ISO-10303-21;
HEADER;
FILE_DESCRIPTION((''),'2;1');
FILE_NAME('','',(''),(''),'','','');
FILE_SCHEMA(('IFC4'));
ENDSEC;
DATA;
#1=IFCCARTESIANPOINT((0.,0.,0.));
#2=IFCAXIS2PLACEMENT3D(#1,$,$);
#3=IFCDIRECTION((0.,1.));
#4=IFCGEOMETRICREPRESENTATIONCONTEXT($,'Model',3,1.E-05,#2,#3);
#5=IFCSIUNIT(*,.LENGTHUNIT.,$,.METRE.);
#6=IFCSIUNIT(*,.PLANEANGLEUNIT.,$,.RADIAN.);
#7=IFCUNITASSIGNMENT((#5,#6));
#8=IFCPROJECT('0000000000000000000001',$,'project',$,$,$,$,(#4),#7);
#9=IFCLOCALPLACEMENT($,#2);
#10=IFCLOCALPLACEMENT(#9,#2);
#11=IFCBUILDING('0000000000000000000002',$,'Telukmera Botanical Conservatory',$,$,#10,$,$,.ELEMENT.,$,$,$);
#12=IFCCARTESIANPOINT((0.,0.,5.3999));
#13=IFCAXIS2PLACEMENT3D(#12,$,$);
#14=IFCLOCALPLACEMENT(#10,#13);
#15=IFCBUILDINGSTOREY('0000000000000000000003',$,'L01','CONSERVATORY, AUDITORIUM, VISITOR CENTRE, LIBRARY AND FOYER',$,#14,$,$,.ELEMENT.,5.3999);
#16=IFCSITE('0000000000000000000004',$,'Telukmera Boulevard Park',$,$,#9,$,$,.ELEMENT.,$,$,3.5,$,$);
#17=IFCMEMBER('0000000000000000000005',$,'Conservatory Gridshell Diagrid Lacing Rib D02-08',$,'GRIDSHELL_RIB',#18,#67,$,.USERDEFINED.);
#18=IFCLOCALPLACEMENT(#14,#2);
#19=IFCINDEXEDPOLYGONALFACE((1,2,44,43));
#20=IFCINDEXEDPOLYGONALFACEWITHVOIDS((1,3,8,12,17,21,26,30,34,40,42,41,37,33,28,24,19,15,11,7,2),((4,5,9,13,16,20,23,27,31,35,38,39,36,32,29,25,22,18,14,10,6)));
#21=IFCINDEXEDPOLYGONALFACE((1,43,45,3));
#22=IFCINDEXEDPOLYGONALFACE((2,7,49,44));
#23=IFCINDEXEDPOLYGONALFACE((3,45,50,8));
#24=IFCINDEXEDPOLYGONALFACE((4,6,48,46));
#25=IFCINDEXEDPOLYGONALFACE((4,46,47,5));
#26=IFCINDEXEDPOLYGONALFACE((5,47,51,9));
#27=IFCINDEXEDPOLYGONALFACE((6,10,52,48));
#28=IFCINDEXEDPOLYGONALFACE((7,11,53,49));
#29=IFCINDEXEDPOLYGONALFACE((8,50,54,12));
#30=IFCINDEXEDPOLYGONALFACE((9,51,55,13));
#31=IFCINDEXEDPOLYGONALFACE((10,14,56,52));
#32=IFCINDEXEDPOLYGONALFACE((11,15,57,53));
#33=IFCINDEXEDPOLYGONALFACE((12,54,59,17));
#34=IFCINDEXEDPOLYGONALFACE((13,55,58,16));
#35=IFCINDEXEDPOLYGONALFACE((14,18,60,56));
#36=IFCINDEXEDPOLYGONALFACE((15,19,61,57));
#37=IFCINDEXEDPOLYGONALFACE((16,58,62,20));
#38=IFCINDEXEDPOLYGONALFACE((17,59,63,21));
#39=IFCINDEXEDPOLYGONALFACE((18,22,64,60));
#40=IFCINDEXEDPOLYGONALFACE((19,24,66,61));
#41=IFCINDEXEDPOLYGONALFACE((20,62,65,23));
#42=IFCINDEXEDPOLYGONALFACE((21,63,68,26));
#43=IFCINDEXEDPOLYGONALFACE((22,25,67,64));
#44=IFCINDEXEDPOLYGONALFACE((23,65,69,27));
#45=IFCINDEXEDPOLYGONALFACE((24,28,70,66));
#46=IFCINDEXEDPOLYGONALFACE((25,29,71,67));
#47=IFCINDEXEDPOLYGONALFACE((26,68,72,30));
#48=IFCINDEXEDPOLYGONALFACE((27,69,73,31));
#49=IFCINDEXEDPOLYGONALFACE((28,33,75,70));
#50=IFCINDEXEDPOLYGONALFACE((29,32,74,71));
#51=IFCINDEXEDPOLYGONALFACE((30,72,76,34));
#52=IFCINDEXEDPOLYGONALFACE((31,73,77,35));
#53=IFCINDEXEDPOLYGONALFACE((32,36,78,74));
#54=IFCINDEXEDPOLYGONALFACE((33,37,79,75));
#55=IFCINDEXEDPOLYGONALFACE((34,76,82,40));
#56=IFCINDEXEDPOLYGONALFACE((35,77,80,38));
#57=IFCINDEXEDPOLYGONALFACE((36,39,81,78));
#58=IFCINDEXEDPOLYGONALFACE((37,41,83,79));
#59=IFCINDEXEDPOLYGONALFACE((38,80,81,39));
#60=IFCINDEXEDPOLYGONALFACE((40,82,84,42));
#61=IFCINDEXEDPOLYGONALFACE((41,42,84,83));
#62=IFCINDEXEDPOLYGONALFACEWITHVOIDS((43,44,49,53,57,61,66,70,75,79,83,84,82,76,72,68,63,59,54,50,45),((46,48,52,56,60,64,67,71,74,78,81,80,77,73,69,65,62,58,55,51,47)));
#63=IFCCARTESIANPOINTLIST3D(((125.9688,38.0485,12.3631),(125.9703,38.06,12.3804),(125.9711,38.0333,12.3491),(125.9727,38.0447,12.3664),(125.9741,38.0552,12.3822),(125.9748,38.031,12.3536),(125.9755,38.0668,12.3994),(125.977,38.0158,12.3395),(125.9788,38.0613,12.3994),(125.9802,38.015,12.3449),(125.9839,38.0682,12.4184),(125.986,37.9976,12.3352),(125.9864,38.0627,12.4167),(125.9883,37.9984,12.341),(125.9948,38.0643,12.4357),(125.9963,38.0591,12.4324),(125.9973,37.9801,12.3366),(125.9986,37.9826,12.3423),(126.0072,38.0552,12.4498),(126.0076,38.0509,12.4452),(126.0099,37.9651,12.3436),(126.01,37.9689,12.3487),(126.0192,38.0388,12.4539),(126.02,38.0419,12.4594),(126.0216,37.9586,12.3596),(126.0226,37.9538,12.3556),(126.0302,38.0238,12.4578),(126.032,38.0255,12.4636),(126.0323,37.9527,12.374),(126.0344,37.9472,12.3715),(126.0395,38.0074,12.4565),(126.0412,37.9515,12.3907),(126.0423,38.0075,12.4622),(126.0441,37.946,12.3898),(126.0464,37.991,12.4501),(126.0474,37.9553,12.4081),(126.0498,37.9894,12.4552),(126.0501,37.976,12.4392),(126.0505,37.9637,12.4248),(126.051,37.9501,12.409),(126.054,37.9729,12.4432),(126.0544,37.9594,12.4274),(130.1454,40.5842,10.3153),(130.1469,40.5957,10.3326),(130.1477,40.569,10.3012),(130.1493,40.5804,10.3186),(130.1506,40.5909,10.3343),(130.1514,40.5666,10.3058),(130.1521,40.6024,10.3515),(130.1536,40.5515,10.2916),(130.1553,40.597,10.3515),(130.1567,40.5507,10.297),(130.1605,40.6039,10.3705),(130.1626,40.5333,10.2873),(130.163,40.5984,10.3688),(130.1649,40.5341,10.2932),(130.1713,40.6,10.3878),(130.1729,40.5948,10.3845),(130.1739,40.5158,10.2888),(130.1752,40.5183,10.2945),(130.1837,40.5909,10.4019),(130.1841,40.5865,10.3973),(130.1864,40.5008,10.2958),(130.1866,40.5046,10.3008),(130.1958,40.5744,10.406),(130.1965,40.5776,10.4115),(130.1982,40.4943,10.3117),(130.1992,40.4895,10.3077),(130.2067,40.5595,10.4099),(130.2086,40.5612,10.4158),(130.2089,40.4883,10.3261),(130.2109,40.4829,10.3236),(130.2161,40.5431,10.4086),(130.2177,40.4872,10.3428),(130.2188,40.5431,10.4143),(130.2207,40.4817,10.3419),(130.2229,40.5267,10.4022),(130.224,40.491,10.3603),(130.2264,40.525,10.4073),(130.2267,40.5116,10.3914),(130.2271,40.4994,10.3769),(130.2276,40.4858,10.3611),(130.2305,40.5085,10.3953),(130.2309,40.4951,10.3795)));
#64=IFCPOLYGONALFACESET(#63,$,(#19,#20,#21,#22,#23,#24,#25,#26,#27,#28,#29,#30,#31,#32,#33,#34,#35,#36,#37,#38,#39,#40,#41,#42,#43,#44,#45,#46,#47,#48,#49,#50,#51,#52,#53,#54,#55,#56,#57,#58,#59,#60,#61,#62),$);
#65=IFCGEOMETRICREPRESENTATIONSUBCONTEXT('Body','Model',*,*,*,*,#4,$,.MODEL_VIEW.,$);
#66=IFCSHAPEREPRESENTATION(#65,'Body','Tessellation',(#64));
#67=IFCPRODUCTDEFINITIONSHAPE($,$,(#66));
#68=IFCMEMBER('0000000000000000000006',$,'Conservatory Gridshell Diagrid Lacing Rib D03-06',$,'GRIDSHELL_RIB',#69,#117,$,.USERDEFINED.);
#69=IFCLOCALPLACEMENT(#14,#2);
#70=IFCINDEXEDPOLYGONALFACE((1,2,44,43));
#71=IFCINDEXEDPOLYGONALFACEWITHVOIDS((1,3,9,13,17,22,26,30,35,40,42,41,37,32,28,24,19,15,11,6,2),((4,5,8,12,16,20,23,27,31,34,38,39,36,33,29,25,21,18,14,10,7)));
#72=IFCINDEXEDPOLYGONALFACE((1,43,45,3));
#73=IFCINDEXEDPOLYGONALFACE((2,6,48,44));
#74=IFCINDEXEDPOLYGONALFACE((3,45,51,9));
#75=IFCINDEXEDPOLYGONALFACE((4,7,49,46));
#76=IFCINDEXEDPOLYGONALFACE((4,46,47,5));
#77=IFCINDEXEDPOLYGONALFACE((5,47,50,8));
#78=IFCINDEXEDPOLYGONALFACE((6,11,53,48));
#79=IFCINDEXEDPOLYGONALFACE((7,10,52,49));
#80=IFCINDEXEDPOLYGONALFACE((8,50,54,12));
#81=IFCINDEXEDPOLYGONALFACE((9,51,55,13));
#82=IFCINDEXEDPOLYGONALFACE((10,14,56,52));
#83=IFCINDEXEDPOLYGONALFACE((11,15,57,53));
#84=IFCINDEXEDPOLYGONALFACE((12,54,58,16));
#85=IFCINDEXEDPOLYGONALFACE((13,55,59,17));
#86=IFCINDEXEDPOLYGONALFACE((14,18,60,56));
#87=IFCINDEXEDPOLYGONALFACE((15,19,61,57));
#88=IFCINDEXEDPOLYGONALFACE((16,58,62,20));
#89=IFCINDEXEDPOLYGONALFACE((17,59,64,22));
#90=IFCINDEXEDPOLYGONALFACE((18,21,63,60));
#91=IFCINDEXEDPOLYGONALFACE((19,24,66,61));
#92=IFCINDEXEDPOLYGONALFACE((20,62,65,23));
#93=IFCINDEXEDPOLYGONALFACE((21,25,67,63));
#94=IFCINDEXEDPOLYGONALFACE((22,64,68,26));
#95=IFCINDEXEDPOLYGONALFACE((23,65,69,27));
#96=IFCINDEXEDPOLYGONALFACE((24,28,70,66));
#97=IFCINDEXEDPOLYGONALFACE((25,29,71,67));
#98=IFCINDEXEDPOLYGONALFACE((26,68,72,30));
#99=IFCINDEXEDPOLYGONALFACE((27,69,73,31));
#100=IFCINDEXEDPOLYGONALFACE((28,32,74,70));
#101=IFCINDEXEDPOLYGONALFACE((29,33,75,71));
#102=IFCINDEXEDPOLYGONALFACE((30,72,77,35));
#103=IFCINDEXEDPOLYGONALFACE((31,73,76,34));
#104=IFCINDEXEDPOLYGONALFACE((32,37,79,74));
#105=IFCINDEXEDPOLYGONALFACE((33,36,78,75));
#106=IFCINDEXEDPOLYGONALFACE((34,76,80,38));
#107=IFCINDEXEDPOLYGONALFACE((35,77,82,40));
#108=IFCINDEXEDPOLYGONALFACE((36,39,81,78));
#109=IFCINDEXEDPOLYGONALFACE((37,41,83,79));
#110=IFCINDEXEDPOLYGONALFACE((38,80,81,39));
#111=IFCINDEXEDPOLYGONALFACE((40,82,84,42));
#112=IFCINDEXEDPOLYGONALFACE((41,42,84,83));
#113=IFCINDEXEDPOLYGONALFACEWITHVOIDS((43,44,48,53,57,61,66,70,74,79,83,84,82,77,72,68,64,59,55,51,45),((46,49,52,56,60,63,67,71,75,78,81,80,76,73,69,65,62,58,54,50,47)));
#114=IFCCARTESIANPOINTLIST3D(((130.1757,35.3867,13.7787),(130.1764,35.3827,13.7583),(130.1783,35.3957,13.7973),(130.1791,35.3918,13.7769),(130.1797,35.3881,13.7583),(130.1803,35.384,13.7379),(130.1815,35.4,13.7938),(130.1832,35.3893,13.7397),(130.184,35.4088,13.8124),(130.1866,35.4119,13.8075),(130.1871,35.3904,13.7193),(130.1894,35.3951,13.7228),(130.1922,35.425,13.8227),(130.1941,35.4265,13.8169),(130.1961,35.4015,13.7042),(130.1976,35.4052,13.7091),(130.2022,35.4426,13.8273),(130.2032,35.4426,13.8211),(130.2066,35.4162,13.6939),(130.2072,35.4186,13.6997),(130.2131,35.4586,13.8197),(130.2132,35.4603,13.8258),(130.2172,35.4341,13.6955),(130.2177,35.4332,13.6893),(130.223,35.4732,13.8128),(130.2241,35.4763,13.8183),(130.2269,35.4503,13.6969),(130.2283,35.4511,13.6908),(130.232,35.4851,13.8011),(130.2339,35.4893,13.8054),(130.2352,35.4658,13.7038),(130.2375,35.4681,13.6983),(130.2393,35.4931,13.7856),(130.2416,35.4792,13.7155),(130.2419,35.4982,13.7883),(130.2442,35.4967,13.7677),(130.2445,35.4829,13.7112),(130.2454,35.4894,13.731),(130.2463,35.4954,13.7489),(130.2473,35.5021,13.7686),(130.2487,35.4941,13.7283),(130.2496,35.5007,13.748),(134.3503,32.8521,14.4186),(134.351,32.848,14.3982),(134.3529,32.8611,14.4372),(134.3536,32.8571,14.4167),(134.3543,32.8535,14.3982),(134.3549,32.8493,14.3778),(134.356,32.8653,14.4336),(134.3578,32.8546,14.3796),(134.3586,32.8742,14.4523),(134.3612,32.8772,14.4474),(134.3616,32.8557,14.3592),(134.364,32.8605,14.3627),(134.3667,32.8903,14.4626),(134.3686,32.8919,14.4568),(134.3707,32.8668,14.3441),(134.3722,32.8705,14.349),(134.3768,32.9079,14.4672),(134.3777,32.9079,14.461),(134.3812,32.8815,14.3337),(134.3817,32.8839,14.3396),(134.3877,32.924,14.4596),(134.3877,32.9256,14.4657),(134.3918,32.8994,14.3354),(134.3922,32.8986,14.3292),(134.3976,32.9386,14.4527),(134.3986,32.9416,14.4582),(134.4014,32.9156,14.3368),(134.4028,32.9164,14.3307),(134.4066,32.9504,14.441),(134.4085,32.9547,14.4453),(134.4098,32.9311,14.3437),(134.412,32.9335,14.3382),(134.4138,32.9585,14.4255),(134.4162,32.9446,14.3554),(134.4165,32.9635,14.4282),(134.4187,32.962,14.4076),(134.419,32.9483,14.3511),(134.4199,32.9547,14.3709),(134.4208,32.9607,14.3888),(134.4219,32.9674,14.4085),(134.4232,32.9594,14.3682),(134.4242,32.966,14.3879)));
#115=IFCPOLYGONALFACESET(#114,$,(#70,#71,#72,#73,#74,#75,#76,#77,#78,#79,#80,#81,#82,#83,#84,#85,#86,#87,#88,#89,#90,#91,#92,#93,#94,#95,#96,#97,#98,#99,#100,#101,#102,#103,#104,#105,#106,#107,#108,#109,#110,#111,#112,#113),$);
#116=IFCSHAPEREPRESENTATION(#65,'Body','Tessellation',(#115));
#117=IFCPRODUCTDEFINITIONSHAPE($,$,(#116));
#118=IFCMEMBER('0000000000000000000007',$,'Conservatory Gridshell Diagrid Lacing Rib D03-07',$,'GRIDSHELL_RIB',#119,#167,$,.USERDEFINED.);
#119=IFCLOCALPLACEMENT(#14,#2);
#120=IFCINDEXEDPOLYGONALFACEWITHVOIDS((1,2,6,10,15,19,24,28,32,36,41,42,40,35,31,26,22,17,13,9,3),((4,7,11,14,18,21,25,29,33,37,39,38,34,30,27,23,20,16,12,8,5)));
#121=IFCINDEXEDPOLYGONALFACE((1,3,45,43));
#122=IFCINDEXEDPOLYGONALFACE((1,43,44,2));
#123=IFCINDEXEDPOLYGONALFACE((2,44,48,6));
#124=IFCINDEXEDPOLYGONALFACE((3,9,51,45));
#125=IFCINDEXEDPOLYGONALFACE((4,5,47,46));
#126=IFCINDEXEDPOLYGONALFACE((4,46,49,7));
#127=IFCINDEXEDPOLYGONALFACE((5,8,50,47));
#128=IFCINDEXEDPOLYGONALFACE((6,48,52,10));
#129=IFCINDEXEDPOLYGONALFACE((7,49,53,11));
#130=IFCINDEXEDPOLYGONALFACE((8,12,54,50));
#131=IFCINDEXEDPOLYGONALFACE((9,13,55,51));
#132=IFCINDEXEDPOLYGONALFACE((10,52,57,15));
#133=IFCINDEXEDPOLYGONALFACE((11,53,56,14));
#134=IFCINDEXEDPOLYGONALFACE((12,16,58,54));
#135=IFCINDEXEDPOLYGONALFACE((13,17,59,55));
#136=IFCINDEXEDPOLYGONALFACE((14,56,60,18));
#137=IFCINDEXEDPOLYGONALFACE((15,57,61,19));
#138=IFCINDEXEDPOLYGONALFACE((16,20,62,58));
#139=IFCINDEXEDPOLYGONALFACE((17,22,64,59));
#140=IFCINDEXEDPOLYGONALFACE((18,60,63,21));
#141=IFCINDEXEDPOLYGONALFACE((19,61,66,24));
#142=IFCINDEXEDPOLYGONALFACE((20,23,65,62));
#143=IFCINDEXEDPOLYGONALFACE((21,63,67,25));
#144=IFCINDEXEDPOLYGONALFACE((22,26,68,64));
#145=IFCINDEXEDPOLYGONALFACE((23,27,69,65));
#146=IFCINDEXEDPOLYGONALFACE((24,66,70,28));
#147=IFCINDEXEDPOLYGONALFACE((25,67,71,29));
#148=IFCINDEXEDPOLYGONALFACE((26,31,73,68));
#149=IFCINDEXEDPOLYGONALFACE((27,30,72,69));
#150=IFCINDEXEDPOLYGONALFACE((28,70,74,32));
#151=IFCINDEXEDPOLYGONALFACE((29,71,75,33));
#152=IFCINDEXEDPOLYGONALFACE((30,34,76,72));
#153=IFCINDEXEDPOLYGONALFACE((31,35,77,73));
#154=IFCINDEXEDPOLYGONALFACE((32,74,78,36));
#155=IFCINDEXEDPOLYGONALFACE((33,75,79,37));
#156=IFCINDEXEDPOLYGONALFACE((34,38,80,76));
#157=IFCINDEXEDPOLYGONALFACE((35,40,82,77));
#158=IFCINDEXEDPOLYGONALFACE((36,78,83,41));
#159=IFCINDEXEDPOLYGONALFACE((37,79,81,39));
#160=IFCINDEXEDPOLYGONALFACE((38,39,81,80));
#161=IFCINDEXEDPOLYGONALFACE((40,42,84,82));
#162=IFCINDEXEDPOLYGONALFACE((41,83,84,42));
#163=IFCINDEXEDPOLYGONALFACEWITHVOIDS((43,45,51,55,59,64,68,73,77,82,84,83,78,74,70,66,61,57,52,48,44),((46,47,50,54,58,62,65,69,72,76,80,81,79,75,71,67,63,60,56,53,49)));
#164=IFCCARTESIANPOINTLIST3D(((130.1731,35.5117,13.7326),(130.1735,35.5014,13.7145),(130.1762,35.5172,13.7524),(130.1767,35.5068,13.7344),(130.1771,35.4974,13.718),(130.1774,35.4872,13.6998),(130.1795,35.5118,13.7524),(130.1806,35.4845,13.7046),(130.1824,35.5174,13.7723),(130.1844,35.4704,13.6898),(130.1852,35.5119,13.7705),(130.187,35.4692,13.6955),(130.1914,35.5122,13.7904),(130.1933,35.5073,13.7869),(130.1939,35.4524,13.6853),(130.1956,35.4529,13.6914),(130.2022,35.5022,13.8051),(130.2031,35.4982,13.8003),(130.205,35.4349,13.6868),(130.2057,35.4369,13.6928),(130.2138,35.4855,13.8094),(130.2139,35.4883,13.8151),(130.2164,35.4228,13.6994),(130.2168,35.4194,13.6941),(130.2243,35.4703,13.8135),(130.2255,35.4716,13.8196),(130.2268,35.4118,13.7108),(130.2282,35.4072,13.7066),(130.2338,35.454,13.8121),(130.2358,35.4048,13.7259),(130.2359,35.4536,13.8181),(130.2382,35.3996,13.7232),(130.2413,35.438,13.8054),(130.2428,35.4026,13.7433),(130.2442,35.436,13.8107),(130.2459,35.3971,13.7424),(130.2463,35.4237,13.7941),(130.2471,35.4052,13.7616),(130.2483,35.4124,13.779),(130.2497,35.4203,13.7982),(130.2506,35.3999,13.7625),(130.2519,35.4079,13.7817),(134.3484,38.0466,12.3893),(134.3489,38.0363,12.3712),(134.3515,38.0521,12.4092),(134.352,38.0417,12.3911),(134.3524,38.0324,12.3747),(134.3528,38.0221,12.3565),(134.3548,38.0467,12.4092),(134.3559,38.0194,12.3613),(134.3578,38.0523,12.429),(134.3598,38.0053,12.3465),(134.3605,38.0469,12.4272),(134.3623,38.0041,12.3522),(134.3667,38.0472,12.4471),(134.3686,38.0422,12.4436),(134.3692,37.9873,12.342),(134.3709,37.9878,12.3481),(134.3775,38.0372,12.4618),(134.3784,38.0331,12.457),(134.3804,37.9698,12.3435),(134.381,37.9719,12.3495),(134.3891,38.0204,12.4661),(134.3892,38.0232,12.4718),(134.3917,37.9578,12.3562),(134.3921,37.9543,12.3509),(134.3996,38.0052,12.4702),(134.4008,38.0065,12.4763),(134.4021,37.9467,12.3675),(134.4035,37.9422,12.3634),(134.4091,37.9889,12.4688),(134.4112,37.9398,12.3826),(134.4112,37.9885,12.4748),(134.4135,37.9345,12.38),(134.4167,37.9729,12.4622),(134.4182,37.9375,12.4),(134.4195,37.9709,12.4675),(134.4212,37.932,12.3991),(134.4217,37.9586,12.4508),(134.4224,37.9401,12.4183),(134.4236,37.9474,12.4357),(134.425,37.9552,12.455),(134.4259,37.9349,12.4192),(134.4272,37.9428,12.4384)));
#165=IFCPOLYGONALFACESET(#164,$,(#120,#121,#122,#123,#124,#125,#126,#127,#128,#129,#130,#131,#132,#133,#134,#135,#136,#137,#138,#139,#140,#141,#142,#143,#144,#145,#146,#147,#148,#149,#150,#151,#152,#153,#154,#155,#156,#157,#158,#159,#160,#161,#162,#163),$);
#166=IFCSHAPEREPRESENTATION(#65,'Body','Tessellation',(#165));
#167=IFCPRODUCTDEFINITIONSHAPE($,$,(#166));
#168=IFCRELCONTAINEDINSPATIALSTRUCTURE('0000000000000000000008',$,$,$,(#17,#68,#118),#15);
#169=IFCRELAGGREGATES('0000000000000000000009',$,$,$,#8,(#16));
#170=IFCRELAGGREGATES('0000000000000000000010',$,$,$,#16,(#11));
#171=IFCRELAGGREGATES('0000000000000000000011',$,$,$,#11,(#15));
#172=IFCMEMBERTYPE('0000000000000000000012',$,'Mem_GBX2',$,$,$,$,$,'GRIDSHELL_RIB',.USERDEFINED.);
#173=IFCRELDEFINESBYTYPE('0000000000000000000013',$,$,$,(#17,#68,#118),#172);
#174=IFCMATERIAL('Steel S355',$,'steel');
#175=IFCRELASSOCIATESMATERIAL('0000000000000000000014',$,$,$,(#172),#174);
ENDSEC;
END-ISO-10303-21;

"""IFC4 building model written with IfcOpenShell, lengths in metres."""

from ifc_helpers import new_model, si_unit, direction, frame, origin, origin_2d, place, context, subcontext, project, spatial, hollow_circle, extrude, material, material_profile, profile_set, type_object, element, save


model = new_model("IFC4")

# Units and contexts
model_context = context("Model", 3, precision=1e-05, world=origin(), true_north=direction((0.0, 1.0)))
body_context = subcontext(model_context, "Body", "Model", "MODEL_VIEW")
ifc_project = project(units=[si_unit("LENGTHUNIT", "METRE"), si_unit("PLANEANGLEUNIT", "RADIAN")], contexts=[model_context])

# Site, building, storey
site_placement = place(None, origin())
site = spatial("IfcSite", under=ifc_project, at=site_placement, Name="Telukmera Boulevard Park", CompositionType="ELEMENT", RefElevation=3.5)
building_placement = place(site_placement, origin())
building = spatial("IfcBuilding", under=site, at=building_placement, Name="Telukmera Botanical Conservatory", CompositionType="ELEMENT")
storey_placement = place(building_placement, frame((0.0, 0.0, 5.3999)))
storey = spatial("IfcBuildingStorey", under=building, at=storey_placement, Name="L01", Description="CONSERVATORY, AUDITORIUM, VISITOR CENTRE, LIBRARY AND FOYER", CompositionType="ELEMENT", Elevation=5.3999)

# Shared definitions
ifc_material_1 = material(Name="Steel S355", Category="steel")

# Members
ifc_material_profile_1 = material_profile(ifc_material_1, hollow_circle(Radius=0.0698, WallThickness=0.0063, at=origin_2d()), Name="CHS 139.7x6.3")
ifc_profile_set_1 = profile_set([ifc_material_profile_1], Name="Steel S355")
member_type_1 = type_object("IfcMemberType", Name="Mem_GBX2", ElementType="GRIDSHELL_RIB", PredefinedType="USERDEFINED", material=ifc_profile_set_1)
member_1_placement = place(storey_placement, frame((126.0117, 38.0071, 12.3994), z_axis=(0.788352, 0.478624, -0.386549), x_axis=(-0.518964, 0.854796, 0.0)))
element("IfcMember", 1, at=member_1_placement, inside=storey, type_object=member_type_1, Name="Conservatory Gridshell Diagrid Lacing Rib D02-08", ObjectType="GRIDSHELL_RIB", PredefinedType="USERDEFINED", context=body_context, shape_type="SweptSolid", body=[
    extrude(hollow_circle(Radius=0.0698, WallThickness=0.0063, at=origin_2d()), origin(), (0.0, 0.0, 1.0), 5.2979),
])
member_2_placement = place(storey_placement, frame((134.3872, 32.9077, 14.3982), z_axis=(-0.847533, 0.514597, -0.129913), x_axis=(-0.518995, -0.854777, 0.0)))
element("IfcMember", 2, at=member_2_placement, inside=storey, type_object=member_type_1, Name="Conservatory Gridshell Diagrid Lacing Rib D03-06", ObjectType="GRIDSHELL_RIB", PredefinedType="USERDEFINED", context=body_context, shape_type="SweptSolid", body=[
    extrude(hollow_circle(Radius=0.0698, WallThickness=0.0063, at=origin_2d()), origin(), (0.0, 0.0, 1.0), 4.9255),
])
member_3_placement = place(storey_placement, frame((130.2124, 35.4575, 13.7524), z_axis=(0.824198, 0.500389, -0.265158), x_axis=(-0.518965, 0.854795, 0.0)))
element("IfcMember", 3, at=member_3_placement, inside=storey, type_object=member_type_1, Name="Conservatory Gridshell Diagrid Lacing Rib D03-07", ObjectType="GRIDSHELL_RIB", PredefinedType="USERDEFINED", context=body_context, shape_type="SweptSolid", body=[
    extrude(hollow_circle(Radius=0.0698, WallThickness=0.0063, at=origin_2d()), origin(), (0.0, 0.0, 1.0), 5.0659),
])

save(model, "model.ifc")
